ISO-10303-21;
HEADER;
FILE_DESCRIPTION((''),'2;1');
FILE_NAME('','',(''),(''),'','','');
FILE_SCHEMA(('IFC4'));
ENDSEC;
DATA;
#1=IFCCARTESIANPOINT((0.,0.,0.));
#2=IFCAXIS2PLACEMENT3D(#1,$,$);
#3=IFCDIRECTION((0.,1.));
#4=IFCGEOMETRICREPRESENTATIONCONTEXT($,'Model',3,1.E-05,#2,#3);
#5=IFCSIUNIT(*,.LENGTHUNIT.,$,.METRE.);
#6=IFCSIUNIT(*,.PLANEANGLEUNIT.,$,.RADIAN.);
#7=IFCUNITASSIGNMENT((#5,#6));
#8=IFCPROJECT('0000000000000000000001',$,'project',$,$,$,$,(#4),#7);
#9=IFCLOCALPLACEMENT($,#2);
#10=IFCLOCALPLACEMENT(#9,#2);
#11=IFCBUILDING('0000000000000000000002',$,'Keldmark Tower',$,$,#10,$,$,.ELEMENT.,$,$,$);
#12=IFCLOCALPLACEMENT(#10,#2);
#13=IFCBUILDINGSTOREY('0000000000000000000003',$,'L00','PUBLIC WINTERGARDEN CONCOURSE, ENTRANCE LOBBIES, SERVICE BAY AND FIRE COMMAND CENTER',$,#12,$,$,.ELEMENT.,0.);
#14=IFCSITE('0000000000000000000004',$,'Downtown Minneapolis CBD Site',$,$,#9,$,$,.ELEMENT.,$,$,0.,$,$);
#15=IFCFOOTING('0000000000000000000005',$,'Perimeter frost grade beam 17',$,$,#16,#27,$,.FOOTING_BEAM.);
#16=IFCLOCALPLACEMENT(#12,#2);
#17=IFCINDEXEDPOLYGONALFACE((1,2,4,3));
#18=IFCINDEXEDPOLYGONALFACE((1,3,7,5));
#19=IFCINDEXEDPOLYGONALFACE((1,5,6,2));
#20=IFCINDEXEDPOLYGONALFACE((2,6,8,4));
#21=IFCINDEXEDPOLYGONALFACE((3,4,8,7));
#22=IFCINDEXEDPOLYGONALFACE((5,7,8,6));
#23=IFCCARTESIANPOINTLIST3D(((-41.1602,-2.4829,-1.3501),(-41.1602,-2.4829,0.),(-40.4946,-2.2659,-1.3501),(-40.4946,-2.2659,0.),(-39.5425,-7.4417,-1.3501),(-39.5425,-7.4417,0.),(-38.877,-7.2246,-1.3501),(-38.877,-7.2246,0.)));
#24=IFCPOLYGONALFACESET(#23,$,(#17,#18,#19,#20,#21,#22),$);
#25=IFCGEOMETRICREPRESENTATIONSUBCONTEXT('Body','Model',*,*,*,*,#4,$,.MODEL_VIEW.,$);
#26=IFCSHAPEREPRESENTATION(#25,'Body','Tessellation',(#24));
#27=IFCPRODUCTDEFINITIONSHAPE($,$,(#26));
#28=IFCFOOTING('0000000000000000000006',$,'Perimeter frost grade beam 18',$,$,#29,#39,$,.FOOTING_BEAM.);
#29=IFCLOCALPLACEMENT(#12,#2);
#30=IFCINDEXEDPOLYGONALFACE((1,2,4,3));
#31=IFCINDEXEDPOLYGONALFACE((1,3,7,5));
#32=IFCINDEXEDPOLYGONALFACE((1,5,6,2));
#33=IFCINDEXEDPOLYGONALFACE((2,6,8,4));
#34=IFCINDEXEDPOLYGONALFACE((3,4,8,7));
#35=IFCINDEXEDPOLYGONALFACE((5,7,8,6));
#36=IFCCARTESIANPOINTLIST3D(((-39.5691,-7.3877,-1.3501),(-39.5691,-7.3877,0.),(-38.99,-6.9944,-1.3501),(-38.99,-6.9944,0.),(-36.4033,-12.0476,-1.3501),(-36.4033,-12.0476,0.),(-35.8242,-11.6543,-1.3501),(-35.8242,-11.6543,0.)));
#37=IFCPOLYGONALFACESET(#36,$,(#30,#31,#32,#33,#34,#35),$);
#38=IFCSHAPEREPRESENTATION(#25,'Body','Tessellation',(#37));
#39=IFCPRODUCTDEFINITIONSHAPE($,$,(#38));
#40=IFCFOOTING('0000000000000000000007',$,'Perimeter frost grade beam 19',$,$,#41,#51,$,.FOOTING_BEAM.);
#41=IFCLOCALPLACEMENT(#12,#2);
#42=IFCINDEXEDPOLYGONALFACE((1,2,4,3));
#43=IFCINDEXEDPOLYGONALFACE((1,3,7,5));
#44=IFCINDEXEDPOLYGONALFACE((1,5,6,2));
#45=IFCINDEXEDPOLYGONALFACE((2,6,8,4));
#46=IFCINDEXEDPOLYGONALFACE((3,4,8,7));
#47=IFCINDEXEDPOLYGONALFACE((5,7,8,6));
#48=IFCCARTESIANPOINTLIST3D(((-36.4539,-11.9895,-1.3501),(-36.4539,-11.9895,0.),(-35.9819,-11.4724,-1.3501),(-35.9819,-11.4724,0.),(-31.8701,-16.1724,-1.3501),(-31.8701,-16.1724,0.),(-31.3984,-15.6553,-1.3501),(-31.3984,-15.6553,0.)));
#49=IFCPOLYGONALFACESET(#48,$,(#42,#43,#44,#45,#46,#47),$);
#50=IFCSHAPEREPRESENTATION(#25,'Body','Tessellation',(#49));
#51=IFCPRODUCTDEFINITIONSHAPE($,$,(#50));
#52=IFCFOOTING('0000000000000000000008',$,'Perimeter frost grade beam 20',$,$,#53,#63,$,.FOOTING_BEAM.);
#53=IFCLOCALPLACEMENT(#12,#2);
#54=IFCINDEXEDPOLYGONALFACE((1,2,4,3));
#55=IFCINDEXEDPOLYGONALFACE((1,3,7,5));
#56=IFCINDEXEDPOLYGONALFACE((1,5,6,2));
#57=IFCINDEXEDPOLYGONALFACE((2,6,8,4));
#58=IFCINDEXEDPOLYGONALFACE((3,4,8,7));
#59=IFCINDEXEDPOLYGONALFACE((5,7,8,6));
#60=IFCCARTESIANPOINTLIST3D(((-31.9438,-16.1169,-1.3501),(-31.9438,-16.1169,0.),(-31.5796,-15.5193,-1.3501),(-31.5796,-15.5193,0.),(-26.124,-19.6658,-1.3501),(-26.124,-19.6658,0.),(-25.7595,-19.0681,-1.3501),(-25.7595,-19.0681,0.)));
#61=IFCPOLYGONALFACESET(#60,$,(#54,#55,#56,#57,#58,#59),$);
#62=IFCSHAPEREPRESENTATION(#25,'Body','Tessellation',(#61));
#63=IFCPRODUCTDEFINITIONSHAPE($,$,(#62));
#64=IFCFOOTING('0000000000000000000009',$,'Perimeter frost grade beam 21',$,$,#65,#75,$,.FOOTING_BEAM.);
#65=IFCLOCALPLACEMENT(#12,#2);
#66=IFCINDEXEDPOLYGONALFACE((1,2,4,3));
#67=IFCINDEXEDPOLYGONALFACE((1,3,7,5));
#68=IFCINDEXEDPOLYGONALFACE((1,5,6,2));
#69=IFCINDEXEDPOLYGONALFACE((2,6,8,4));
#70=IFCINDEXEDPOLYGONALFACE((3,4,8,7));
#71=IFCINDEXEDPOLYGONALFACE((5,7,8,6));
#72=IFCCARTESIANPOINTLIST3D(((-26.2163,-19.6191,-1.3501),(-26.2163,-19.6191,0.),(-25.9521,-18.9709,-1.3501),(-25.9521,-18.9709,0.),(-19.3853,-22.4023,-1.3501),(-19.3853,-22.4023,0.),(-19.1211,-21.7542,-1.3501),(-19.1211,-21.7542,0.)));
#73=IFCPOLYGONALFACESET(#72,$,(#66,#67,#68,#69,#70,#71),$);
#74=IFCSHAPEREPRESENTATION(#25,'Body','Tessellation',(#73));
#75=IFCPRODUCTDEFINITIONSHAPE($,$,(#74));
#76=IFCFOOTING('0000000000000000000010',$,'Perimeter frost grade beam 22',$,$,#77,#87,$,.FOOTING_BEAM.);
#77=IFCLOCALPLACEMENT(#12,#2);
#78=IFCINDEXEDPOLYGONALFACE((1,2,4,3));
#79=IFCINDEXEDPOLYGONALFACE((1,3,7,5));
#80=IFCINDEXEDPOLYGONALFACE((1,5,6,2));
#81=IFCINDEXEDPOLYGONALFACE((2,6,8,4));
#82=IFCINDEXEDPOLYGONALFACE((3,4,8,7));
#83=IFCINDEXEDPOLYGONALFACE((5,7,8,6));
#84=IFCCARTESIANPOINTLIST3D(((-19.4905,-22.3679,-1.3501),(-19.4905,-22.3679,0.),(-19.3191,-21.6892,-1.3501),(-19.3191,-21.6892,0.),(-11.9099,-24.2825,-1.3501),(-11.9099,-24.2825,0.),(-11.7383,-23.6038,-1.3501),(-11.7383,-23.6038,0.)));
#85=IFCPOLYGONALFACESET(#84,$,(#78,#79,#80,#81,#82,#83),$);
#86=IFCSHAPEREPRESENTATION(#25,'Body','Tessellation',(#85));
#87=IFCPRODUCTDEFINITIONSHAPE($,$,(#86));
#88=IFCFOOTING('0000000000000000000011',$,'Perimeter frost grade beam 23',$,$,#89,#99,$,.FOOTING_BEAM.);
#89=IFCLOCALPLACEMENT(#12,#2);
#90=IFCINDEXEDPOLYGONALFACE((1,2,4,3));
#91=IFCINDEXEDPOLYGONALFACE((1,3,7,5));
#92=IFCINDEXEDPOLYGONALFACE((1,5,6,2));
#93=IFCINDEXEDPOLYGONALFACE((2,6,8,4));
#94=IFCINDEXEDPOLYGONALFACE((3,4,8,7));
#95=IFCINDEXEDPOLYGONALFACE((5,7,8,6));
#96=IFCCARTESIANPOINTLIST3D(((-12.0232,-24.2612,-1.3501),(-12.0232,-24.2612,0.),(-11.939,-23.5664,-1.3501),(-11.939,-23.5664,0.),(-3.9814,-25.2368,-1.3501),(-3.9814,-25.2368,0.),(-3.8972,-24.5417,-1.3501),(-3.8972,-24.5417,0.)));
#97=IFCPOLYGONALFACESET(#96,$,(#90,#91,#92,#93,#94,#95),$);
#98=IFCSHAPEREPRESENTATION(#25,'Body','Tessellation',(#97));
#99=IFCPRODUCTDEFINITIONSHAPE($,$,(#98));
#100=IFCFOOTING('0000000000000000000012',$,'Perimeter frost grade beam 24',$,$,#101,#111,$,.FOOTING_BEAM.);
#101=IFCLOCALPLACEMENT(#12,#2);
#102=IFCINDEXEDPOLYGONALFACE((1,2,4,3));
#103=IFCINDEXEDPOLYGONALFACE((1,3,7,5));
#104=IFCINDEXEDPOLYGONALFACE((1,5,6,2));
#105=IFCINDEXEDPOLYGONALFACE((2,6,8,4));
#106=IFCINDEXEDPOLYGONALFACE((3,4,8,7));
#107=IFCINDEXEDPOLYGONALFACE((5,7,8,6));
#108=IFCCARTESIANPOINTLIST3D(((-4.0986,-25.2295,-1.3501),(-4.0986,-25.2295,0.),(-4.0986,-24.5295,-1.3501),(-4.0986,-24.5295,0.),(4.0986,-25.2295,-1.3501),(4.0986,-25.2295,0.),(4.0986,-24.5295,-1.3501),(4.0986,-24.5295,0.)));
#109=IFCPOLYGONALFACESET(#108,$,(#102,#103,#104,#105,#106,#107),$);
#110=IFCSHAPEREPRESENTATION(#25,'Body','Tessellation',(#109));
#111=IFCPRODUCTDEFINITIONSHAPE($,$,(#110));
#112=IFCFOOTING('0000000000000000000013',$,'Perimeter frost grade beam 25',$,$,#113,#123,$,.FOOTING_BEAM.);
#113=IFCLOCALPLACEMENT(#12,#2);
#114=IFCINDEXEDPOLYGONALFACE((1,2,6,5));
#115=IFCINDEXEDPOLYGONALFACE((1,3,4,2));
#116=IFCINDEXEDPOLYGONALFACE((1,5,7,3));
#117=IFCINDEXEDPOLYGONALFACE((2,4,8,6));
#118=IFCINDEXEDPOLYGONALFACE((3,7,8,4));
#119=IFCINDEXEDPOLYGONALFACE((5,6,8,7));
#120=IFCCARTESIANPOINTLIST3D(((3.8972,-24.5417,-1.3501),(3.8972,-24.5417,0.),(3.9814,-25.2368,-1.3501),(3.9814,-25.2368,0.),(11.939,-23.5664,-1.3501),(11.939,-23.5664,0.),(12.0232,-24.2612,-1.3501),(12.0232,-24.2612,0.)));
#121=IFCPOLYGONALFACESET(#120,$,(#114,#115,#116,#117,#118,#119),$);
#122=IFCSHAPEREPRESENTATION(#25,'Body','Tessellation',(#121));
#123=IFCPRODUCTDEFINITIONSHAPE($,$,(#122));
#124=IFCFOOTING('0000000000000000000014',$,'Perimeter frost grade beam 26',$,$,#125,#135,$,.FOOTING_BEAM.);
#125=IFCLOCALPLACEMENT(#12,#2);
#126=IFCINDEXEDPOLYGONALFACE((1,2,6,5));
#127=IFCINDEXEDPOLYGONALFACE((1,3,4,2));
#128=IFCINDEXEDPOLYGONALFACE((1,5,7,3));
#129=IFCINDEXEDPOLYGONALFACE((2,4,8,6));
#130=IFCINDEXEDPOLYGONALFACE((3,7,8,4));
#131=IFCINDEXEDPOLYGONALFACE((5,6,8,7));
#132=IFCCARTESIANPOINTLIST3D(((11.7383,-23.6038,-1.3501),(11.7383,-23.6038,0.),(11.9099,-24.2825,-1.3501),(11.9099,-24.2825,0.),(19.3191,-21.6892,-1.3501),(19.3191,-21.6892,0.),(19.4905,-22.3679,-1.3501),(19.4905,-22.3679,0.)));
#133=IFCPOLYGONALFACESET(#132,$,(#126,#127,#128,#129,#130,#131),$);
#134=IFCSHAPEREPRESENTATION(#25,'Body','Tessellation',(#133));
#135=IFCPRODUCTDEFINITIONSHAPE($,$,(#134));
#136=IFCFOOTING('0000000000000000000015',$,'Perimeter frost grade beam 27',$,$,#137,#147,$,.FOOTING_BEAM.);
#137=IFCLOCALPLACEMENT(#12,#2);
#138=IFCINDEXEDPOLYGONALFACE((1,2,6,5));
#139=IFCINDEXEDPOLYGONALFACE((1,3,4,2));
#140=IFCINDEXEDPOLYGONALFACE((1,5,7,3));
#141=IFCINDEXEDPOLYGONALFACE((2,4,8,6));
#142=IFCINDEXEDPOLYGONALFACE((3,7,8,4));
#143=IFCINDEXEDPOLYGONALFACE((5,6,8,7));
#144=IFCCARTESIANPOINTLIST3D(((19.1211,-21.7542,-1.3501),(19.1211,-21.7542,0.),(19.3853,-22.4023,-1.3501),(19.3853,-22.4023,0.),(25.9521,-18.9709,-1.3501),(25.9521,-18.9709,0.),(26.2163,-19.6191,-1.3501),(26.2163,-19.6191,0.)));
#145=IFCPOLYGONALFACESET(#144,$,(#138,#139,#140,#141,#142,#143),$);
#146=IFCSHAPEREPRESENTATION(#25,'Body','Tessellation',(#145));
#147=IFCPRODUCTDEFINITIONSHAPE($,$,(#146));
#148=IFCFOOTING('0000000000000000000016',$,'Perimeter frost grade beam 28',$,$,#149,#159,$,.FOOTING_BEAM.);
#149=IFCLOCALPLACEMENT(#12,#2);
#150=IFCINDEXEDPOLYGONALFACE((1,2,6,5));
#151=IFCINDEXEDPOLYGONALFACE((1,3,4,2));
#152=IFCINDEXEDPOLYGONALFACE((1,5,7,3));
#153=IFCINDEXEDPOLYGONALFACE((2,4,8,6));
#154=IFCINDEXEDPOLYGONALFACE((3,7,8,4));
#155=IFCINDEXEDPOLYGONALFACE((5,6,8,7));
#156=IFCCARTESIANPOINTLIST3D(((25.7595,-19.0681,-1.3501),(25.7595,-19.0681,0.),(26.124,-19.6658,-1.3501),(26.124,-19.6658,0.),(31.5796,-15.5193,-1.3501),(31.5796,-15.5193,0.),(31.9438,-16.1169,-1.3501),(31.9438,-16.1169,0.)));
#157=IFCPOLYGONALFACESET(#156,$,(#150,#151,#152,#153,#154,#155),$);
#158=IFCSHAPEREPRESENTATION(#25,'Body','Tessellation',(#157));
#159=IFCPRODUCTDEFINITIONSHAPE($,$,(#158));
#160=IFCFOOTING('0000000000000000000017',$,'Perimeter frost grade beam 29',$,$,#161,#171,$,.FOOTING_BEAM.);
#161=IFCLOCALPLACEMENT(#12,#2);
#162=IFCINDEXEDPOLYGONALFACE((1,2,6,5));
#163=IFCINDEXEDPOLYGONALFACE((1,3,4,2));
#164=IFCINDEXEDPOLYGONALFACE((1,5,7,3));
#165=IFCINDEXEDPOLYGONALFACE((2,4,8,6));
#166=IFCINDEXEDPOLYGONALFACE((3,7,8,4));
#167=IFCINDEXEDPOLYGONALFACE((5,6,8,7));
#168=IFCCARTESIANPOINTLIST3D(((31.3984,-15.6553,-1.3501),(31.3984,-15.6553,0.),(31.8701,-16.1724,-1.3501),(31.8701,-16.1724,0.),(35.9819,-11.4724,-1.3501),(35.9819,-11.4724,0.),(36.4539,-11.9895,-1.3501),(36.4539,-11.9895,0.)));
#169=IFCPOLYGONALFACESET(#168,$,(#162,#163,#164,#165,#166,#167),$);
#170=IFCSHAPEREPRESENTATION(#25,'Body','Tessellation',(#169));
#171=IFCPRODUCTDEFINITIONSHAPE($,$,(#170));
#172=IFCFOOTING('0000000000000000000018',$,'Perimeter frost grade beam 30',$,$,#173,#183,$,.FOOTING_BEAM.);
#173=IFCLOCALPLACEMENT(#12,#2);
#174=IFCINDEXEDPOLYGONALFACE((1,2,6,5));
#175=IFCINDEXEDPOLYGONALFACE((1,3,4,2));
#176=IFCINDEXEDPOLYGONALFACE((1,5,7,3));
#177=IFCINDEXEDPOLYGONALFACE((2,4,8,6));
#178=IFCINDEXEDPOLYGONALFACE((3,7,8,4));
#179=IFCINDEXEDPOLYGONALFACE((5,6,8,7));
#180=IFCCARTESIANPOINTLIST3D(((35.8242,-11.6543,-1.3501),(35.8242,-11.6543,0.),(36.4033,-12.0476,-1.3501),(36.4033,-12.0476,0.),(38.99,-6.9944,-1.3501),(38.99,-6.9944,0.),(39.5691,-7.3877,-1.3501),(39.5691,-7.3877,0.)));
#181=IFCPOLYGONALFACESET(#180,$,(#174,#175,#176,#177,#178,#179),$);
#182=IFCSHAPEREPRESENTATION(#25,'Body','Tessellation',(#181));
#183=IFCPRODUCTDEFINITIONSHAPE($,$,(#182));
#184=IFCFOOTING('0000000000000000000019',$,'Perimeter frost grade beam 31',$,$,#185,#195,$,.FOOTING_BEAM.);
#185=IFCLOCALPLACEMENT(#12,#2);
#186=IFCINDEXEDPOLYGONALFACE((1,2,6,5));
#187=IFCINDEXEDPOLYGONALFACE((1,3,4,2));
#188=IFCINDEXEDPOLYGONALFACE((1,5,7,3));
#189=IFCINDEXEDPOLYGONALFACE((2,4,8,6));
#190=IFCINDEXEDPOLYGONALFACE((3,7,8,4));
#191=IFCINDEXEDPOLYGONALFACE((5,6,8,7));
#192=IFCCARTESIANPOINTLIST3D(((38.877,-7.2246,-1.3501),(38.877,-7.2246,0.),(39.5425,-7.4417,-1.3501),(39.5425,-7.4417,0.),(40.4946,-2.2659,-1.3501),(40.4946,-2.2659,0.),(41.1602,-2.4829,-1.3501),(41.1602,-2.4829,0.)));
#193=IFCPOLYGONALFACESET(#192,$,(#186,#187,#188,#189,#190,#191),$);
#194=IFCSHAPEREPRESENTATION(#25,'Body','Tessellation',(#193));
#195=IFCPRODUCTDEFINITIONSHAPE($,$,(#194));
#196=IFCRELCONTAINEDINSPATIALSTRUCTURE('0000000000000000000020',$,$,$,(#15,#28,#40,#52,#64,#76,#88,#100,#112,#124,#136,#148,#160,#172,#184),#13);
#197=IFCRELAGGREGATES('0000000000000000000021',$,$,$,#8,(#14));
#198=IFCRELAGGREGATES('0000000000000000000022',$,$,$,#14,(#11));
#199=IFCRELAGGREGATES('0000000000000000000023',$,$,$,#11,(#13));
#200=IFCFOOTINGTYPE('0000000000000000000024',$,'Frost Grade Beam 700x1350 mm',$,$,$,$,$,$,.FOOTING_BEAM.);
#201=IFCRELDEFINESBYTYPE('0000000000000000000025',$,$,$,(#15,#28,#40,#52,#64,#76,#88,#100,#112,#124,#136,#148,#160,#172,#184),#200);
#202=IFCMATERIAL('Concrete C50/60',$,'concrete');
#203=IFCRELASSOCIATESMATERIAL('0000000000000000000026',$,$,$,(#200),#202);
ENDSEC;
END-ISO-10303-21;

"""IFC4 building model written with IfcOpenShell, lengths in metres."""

from ifc_helpers import new_model, si_unit, direction, frame, origin, place, context, subcontext, project, spatial, polyline, outline, extrude, material, type_object, element, save


model = new_model("IFC4")

# Units and contexts
model_context = context("Model", 3, precision=1e-05, world=origin(), true_north=direction((0.0, 1.0)))
body_context = subcontext(model_context, "Body", "Model", "MODEL_VIEW")
ifc_project = project(units=[si_unit("LENGTHUNIT", "METRE"), si_unit("PLANEANGLEUNIT", "RADIAN")], contexts=[model_context])

# Site, building, storey
site_placement = place(None, origin())
site = spatial("IfcSite", under=ifc_project, at=site_placement, Name="Downtown Minneapolis CBD Site", CompositionType="ELEMENT", RefElevation=0.0)
building_placement = place(site_placement, origin())
building = spatial("IfcBuilding", under=site, at=building_placement, Name="Keldmark Tower", CompositionType="ELEMENT")
storey_placement = place(building_placement, origin())
storey = spatial("IfcBuildingStorey", under=building, at=storey_placement, Name="L00", Description="PUBLIC WINTERGARDEN CONCOURSE, ENTRANCE LOBBIES, SERVICE BAY AND FIRE COMMAND CENTER", CompositionType="ELEMENT", Elevation=0.0)

# Footings
ifc_material_1 = material(Name="Concrete C50/60", Category="concrete")
footing_type_1 = type_object("IfcFootingType", Name="Frost Grade Beam 700x1350 mm", PredefinedType="FOOTING_BEAM", material=ifc_material_1)
footing_1_placement = place(storey_placement, frame((0.0, 0.0, -1.3501)))
element("IfcFooting", 1, at=footing_1_placement, inside=storey, type_object=footing_type_1, Name="Perimeter frost grade beam 17", PredefinedType="FOOTING_BEAM", context=body_context, shape_type="SweptSolid", body=[
    extrude(outline(polyline([(-41.1602, -2.4829), (-39.5425, -7.4417), (-38.877, -7.2246), (-40.4946, -2.2659), (-41.1602, -2.4829)])), origin(), (0.0, 0.0, 1.0), 1.3501),
])
footing_2_placement = place(storey_placement, frame((0.0, 0.0, -1.3501)))
element("IfcFooting", 2, at=footing_2_placement, inside=storey, type_object=footing_type_1, Name="Perimeter frost grade beam 18", PredefinedType="FOOTING_BEAM", context=body_context, shape_type="SweptSolid", body=[
    extrude(outline(polyline([(-39.5691, -7.3877), (-36.4033, -12.0476), (-35.8242, -11.6543), (-38.99, -6.9944), (-39.5691, -7.3877)])), origin(), (0.0, 0.0, 1.0), 1.3501),
])
footing_3_placement = place(storey_placement, frame((0.0, 0.0, -1.3501)))
element("IfcFooting", 3, at=footing_3_placement, inside=storey, type_object=footing_type_1, Name="Perimeter frost grade beam 19", PredefinedType="FOOTING_BEAM", context=body_context, shape_type="SweptSolid", body=[
    extrude(outline(polyline([(-36.4539, -11.9895), (-31.8701, -16.1724), (-31.3984, -15.6553), (-35.9819, -11.4724), (-36.4539, -11.9895)])), origin(), (0.0, 0.0, 1.0), 1.3501),
])
footing_4_placement = place(storey_placement, frame((0.0, 0.0, -1.3501)))
element("IfcFooting", 4, at=footing_4_placement, inside=storey, type_object=footing_type_1, Name="Perimeter frost grade beam 20", PredefinedType="FOOTING_BEAM", context=body_context, shape_type="SweptSolid", body=[
    extrude(outline(polyline([(-31.9438, -16.1169), (-26.124, -19.6658), (-25.7595, -19.0681), (-31.5796, -15.5193), (-31.9438, -16.1169)])), origin(), (0.0, 0.0, 1.0), 1.3501),
])
footing_5_placement = place(storey_placement, frame((0.0, 0.0, -1.3501)))
element("IfcFooting", 5, at=footing_5_placement, inside=storey, type_object=footing_type_1, Name="Perimeter frost grade beam 21", PredefinedType="FOOTING_BEAM", context=body_context, shape_type="SweptSolid", body=[
    extrude(outline(polyline([(-26.2163, -19.6191), (-19.3853, -22.4023), (-19.1211, -21.7542), (-25.9521, -18.9709), (-26.2163, -19.6191)])), origin(), (0.0, 0.0, 1.0), 1.3501),
])
footing_6_placement = place(storey_placement, frame((0.0, 0.0, -1.3501)))
element("IfcFooting", 6, at=footing_6_placement, inside=storey, type_object=footing_type_1, Name="Perimeter frost grade beam 22", PredefinedType="FOOTING_BEAM", context=body_context, shape_type="SweptSolid", body=[
    extrude(outline(polyline([(-19.4905, -22.3679), (-11.9099, -24.2825), (-11.7383, -23.6038), (-19.3191, -21.6892), (-19.4905, -22.3679)])), origin(), (0.0, 0.0, 1.0), 1.3501),
])
footing_7_placement = place(storey_placement, frame((0.0, 0.0, -1.3501)))
element("IfcFooting", 7, at=footing_7_placement, inside=storey, type_object=footing_type_1, Name="Perimeter frost grade beam 23", PredefinedType="FOOTING_BEAM", context=body_context, shape_type="SweptSolid", body=[
    extrude(outline(polyline([(-12.0232, -24.2612), (-3.9814, -25.2368), (-3.8972, -24.5417), (-11.939, -23.5664), (-12.0232, -24.2612)])), origin(), (0.0, 0.0, 1.0), 1.3501),
])
footing_8_placement = place(storey_placement, frame((0.0, 0.0, -1.3501)))
element("IfcFooting", 8, at=footing_8_placement, inside=storey, type_object=footing_type_1, Name="Perimeter frost grade beam 24", PredefinedType="FOOTING_BEAM", context=body_context, shape_type="SweptSolid", body=[
    extrude(outline(polyline([(-4.0986, -25.2295), (4.0986, -25.2295), (4.0986, -24.5295), (-4.0986, -24.5295), (-4.0986, -25.2295)])), origin(), (0.0, 0.0, 1.0), 1.3501),
])
footing_9_placement = place(storey_placement, frame((0.0, 0.0, -1.3501)))
element("IfcFooting", 9, at=footing_9_placement, inside=storey, type_object=footing_type_1, Name="Perimeter frost grade beam 25", PredefinedType="FOOTING_BEAM", context=body_context, shape_type="SweptSolid", body=[
    extrude(outline(polyline([(3.9814, -25.2368), (12.0232, -24.2612), (11.939, -23.5664), (3.8972, -24.5417), (3.9814, -25.2368)])), origin(), (0.0, 0.0, 1.0), 1.3501),
])
footing_10_placement = place(storey_placement, frame((0.0, 0.0, -1.3501)))
element("IfcFooting", 10, at=footing_10_placement, inside=storey, type_object=footing_type_1, Name="Perimeter frost grade beam 26", PredefinedType="FOOTING_BEAM", context=body_context, shape_type="SweptSolid", body=[
    extrude(outline(polyline([(11.9099, -24.2825), (19.4905, -22.3679), (19.3191, -21.6892), (11.7383, -23.6038), (11.9099, -24.2825)])), origin(), (0.0, 0.0, 1.0), 1.3501),
])
footing_11_placement = place(storey_placement, frame((0.0, 0.0, -1.3501)))
element("IfcFooting", 11, at=footing_11_placement, inside=storey, type_object=footing_type_1, Name="Perimeter frost grade beam 27", PredefinedType="FOOTING_BEAM", context=body_context, shape_type="SweptSolid", body=[
    extrude(outline(polyline([(19.3853, -22.4023), (26.2163, -19.6191), (25.9521, -18.9709), (19.1211, -21.7542), (19.3853, -22.4023)])), origin(), (0.0, 0.0, 1.0), 1.3501),
])
footing_12_placement = place(storey_placement, frame((0.0, 0.0, -1.3501)))
element("IfcFooting", 12, at=footing_12_placement, inside=storey, type_object=footing_type_1, Name="Perimeter frost grade beam 28", PredefinedType="FOOTING_BEAM", context=body_context, shape_type="SweptSolid", body=[
    extrude(outline(polyline([(26.124, -19.6658), (31.9438, -16.1169), (31.5796, -15.5193), (25.7595, -19.0681), (26.124, -19.6658)])), origin(), (0.0, 0.0, 1.0), 1.3501),
])
footing_13_placement = place(storey_placement, frame((0.0, 0.0, -1.3501)))
element("IfcFooting", 13, at=footing_13_placement, inside=storey, type_object=footing_type_1, Name="Perimeter frost grade beam 29", PredefinedType="FOOTING_BEAM", context=body_context, shape_type="SweptSolid", body=[
    extrude(outline(polyline([(31.8701, -16.1724), (36.4539, -11.9895), (35.9819, -11.4724), (31.3984, -15.6553), (31.8701, -16.1724)])), origin(), (0.0, 0.0, 1.0), 1.3501),
])
footing_14_placement = place(storey_placement, frame((0.0, 0.0, -1.3501)))
element("IfcFooting", 14, at=footing_14_placement, inside=storey, type_object=footing_type_1, Name="Perimeter frost grade beam 30", PredefinedType="FOOTING_BEAM", context=body_context, shape_type="SweptSolid", body=[
    extrude(outline(polyline([(36.4033, -12.0476), (39.5691, -7.3877), (38.99, -6.9944), (35.8242, -11.6543), (36.4033, -12.0476)])), origin(), (0.0, 0.0, 1.0), 1.3501),
])
footing_15_placement = place(storey_placement, frame((0.0, 0.0, -1.3501)))
element("IfcFooting", 15, at=footing_15_placement, inside=storey, type_object=footing_type_1, Name="Perimeter frost grade beam 31", PredefinedType="FOOTING_BEAM", context=body_context, shape_type="SweptSolid", body=[
    extrude(outline(polyline([(39.5425, -7.4417), (41.1602, -2.4829), (40.4946, -2.2659), (38.877, -7.2246), (39.5425, -7.4417)])), origin(), (0.0, 0.0, 1.0), 1.3501),
])

save(model, "model.ifc")
